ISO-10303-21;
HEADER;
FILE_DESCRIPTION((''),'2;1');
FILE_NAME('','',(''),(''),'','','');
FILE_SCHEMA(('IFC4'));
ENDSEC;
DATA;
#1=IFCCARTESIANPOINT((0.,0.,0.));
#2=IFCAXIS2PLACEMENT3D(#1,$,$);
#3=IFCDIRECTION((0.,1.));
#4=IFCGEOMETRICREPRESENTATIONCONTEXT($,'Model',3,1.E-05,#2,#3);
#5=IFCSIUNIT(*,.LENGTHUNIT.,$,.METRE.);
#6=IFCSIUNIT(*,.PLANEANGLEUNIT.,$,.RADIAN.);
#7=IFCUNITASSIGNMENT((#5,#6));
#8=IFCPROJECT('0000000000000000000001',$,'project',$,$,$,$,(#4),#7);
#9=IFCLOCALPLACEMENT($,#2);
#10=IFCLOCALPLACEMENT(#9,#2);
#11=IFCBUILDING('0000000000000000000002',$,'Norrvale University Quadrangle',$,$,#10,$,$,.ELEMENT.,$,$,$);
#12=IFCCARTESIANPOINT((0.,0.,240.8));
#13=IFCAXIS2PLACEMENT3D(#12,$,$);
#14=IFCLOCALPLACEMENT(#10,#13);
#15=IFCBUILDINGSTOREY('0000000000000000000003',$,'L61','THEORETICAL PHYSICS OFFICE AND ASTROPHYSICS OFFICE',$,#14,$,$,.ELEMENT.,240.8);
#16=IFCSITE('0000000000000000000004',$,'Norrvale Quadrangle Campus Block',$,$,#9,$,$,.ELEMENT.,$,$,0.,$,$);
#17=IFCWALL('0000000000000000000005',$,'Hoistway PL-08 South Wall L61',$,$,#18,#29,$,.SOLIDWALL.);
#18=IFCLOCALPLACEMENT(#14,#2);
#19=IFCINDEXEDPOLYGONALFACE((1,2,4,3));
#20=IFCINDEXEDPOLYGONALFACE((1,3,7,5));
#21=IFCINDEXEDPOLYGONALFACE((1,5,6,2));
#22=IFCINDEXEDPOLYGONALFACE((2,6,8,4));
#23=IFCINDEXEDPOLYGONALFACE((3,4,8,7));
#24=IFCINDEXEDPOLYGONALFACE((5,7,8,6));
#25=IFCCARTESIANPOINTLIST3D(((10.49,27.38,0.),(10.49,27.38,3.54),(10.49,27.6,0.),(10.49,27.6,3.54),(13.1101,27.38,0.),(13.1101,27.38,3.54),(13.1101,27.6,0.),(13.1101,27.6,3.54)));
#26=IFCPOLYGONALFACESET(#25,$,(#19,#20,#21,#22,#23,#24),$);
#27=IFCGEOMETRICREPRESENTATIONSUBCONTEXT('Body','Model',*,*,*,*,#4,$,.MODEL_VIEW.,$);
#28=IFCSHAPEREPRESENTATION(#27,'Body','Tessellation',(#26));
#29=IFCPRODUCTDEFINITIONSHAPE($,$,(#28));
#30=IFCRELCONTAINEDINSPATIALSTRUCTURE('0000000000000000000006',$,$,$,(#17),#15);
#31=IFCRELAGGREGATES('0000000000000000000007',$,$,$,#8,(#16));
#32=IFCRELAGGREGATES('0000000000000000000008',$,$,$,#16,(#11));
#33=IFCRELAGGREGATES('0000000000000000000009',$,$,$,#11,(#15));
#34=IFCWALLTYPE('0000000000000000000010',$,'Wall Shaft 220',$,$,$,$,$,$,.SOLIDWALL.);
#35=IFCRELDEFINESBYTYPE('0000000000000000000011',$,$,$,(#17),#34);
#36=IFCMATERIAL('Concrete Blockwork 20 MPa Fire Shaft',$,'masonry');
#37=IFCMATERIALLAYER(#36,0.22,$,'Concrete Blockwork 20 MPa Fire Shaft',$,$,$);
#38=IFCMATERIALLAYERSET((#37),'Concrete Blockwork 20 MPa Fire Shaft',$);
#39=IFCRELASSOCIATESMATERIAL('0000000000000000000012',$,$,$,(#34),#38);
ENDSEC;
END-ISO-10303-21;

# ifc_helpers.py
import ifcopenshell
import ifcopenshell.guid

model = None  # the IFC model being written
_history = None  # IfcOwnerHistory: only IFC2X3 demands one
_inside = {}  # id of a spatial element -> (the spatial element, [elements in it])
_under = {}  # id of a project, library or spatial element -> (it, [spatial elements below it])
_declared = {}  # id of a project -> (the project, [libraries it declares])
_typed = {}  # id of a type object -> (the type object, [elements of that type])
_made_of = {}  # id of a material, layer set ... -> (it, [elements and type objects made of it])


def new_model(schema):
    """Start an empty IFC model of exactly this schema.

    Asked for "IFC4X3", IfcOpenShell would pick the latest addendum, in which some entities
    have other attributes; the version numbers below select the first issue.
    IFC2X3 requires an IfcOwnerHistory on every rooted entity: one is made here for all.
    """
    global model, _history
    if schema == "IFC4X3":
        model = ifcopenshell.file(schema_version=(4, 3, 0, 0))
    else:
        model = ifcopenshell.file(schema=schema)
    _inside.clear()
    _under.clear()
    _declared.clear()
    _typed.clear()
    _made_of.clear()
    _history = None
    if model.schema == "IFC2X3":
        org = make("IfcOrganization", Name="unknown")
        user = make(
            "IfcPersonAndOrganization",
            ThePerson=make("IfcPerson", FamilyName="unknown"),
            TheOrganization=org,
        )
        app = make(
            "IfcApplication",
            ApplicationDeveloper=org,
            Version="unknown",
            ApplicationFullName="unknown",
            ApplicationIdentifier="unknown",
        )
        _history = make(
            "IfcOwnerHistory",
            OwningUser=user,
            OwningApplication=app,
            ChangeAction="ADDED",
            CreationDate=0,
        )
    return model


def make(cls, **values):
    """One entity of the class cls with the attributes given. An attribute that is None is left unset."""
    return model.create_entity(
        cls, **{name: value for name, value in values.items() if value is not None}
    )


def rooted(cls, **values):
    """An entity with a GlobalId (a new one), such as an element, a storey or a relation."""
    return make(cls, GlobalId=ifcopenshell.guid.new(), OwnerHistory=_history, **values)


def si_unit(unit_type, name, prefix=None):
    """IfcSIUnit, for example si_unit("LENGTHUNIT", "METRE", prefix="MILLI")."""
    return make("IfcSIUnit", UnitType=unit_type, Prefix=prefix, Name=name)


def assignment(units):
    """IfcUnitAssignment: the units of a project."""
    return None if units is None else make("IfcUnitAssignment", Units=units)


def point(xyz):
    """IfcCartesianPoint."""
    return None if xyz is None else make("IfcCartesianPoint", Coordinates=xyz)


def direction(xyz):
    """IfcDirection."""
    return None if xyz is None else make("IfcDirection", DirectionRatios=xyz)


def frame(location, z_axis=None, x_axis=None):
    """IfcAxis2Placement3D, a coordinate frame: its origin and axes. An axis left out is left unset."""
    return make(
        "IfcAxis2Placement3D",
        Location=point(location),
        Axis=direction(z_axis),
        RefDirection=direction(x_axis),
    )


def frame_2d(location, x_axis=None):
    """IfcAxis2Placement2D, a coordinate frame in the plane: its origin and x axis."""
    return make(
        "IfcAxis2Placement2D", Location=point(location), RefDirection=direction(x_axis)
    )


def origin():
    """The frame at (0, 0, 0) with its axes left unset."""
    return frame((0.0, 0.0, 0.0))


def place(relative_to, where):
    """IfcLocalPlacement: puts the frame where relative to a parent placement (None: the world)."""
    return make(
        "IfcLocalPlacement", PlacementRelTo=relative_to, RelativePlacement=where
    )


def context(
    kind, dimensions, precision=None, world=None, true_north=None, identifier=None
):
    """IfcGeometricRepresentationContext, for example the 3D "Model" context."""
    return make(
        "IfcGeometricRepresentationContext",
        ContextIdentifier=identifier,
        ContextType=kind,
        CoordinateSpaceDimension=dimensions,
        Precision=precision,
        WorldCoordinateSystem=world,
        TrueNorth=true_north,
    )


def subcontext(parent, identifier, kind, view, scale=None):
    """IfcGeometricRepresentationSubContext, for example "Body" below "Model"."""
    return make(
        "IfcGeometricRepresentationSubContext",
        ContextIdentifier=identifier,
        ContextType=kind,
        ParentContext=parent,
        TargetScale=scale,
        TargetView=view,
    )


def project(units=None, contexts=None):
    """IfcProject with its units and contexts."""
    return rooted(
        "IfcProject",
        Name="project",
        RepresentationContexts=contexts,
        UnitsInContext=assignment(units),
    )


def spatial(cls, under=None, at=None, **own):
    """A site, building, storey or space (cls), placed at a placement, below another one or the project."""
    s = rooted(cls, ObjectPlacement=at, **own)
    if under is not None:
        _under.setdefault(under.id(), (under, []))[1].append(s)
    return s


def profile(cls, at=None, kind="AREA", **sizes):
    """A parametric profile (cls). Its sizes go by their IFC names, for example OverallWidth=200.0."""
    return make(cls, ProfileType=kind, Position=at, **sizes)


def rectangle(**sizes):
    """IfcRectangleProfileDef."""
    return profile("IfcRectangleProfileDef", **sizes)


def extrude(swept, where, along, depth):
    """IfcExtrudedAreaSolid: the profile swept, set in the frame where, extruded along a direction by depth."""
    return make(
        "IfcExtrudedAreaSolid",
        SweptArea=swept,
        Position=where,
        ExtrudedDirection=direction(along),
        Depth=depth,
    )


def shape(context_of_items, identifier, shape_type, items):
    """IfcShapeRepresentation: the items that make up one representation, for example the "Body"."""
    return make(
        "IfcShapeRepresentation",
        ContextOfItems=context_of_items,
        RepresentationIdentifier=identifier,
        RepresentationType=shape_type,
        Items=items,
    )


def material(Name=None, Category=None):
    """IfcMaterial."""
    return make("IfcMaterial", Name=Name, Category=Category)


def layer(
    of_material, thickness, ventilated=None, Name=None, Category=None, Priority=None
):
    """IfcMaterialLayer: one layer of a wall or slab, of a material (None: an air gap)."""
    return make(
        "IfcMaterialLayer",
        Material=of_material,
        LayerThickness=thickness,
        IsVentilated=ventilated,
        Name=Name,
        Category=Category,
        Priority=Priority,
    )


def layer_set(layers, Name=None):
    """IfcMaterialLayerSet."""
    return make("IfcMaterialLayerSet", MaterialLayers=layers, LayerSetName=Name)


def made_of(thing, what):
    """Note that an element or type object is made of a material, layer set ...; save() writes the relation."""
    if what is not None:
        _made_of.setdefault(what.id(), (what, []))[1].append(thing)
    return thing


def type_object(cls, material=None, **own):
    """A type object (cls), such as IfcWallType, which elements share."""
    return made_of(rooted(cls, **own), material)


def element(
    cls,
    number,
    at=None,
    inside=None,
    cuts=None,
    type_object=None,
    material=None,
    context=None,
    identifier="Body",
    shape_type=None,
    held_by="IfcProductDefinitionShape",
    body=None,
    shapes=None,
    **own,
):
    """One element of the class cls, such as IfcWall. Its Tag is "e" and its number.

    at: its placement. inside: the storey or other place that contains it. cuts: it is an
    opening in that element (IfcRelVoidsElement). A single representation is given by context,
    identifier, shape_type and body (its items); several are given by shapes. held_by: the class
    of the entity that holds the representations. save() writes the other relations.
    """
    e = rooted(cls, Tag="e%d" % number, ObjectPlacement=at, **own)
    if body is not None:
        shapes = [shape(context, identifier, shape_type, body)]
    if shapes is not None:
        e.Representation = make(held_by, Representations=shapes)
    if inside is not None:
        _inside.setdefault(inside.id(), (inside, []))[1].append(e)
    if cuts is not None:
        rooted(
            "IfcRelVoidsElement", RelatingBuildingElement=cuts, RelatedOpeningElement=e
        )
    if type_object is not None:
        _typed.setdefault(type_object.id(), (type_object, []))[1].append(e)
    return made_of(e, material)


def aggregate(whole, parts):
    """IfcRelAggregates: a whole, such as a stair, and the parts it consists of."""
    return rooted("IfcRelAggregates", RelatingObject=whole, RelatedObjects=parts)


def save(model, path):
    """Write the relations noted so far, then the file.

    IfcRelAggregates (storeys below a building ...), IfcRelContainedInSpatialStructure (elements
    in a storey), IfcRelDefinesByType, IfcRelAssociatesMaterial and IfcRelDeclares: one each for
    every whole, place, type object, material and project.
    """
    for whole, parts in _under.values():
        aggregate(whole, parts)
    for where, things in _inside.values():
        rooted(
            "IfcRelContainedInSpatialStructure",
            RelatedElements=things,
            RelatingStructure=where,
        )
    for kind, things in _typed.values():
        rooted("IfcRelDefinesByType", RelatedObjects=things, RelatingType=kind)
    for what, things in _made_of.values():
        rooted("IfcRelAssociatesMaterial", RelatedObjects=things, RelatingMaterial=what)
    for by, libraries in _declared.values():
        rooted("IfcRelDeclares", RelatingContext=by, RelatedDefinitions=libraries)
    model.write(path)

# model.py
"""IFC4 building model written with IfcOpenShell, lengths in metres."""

from ifc_helpers import new_model, si_unit, direction, frame, frame_2d, origin, place, context, subcontext, project, spatial, rectangle, extrude, material, layer, layer_set, type_object, element, save


model = new_model("IFC4")

# Units and contexts
model_context = context("Model", 3, precision=1e-05, world=origin(), true_north=direction((0.0, 1.0)))
body_context = subcontext(model_context, "Body", "Model", "MODEL_VIEW")
ifc_project = project(units=[si_unit("LENGTHUNIT", "METRE"), si_unit("PLANEANGLEUNIT", "RADIAN")], contexts=[model_context])

# Site, building, storey
site_placement = place(None, origin())
site = spatial("IfcSite", under=ifc_project, at=site_placement, Name="Norrvale Quadrangle Campus Block", CompositionType="ELEMENT", RefElevation=0.0)
building_placement = place(site_placement, origin())
building = spatial("IfcBuilding", under=site, at=building_placement, Name="Norrvale University Quadrangle", CompositionType="ELEMENT")
storey_placement = place(building_placement, frame((0.0, 0.0, 240.8)))
storey = spatial("IfcBuildingStorey", under=building, at=storey_placement, Name="L61", Description="THEORETICAL PHYSICS OFFICE AND ASTROPHYSICS OFFICE", CompositionType="ELEMENT", Elevation=240.8)

# Shared definitions
ifc_material_1 = material(Name="Concrete Blockwork 20 MPa Fire Shaft", Category="masonry")
ifc_layer_1 = layer(ifc_material_1, 0.22, Name="Concrete Blockwork 20 MPa Fire Shaft")
ifc_layer_set_1 = layer_set([ifc_layer_1], Name="Concrete Blockwork 20 MPa Fire Shaft")
wall_type_1 = type_object("IfcWallType", Name="Wall Shaft 220", PredefinedType="SOLIDWALL", material=ifc_layer_set_1)

# Wall
wall_1_placement = place(storey_placement, frame((10.49, 27.49, 0.0), z_axis=(0.0, 0.0, 1.0), x_axis=(1.0, 0.0, 0.0)))
element("IfcWall", 1, at=wall_1_placement, inside=storey, type_object=wall_type_1, Name="Hoistway PL-08 South Wall L61", PredefinedType="SOLIDWALL", context=body_context, shape_type="SweptSolid", body=[
    extrude(rectangle(XDim=2.6201, YDim=0.22, at=frame_2d((1.3101, 0.0))), origin(), (0.0, 0.0, 1.0), 3.54),
])

save(model, "model.ifc")
